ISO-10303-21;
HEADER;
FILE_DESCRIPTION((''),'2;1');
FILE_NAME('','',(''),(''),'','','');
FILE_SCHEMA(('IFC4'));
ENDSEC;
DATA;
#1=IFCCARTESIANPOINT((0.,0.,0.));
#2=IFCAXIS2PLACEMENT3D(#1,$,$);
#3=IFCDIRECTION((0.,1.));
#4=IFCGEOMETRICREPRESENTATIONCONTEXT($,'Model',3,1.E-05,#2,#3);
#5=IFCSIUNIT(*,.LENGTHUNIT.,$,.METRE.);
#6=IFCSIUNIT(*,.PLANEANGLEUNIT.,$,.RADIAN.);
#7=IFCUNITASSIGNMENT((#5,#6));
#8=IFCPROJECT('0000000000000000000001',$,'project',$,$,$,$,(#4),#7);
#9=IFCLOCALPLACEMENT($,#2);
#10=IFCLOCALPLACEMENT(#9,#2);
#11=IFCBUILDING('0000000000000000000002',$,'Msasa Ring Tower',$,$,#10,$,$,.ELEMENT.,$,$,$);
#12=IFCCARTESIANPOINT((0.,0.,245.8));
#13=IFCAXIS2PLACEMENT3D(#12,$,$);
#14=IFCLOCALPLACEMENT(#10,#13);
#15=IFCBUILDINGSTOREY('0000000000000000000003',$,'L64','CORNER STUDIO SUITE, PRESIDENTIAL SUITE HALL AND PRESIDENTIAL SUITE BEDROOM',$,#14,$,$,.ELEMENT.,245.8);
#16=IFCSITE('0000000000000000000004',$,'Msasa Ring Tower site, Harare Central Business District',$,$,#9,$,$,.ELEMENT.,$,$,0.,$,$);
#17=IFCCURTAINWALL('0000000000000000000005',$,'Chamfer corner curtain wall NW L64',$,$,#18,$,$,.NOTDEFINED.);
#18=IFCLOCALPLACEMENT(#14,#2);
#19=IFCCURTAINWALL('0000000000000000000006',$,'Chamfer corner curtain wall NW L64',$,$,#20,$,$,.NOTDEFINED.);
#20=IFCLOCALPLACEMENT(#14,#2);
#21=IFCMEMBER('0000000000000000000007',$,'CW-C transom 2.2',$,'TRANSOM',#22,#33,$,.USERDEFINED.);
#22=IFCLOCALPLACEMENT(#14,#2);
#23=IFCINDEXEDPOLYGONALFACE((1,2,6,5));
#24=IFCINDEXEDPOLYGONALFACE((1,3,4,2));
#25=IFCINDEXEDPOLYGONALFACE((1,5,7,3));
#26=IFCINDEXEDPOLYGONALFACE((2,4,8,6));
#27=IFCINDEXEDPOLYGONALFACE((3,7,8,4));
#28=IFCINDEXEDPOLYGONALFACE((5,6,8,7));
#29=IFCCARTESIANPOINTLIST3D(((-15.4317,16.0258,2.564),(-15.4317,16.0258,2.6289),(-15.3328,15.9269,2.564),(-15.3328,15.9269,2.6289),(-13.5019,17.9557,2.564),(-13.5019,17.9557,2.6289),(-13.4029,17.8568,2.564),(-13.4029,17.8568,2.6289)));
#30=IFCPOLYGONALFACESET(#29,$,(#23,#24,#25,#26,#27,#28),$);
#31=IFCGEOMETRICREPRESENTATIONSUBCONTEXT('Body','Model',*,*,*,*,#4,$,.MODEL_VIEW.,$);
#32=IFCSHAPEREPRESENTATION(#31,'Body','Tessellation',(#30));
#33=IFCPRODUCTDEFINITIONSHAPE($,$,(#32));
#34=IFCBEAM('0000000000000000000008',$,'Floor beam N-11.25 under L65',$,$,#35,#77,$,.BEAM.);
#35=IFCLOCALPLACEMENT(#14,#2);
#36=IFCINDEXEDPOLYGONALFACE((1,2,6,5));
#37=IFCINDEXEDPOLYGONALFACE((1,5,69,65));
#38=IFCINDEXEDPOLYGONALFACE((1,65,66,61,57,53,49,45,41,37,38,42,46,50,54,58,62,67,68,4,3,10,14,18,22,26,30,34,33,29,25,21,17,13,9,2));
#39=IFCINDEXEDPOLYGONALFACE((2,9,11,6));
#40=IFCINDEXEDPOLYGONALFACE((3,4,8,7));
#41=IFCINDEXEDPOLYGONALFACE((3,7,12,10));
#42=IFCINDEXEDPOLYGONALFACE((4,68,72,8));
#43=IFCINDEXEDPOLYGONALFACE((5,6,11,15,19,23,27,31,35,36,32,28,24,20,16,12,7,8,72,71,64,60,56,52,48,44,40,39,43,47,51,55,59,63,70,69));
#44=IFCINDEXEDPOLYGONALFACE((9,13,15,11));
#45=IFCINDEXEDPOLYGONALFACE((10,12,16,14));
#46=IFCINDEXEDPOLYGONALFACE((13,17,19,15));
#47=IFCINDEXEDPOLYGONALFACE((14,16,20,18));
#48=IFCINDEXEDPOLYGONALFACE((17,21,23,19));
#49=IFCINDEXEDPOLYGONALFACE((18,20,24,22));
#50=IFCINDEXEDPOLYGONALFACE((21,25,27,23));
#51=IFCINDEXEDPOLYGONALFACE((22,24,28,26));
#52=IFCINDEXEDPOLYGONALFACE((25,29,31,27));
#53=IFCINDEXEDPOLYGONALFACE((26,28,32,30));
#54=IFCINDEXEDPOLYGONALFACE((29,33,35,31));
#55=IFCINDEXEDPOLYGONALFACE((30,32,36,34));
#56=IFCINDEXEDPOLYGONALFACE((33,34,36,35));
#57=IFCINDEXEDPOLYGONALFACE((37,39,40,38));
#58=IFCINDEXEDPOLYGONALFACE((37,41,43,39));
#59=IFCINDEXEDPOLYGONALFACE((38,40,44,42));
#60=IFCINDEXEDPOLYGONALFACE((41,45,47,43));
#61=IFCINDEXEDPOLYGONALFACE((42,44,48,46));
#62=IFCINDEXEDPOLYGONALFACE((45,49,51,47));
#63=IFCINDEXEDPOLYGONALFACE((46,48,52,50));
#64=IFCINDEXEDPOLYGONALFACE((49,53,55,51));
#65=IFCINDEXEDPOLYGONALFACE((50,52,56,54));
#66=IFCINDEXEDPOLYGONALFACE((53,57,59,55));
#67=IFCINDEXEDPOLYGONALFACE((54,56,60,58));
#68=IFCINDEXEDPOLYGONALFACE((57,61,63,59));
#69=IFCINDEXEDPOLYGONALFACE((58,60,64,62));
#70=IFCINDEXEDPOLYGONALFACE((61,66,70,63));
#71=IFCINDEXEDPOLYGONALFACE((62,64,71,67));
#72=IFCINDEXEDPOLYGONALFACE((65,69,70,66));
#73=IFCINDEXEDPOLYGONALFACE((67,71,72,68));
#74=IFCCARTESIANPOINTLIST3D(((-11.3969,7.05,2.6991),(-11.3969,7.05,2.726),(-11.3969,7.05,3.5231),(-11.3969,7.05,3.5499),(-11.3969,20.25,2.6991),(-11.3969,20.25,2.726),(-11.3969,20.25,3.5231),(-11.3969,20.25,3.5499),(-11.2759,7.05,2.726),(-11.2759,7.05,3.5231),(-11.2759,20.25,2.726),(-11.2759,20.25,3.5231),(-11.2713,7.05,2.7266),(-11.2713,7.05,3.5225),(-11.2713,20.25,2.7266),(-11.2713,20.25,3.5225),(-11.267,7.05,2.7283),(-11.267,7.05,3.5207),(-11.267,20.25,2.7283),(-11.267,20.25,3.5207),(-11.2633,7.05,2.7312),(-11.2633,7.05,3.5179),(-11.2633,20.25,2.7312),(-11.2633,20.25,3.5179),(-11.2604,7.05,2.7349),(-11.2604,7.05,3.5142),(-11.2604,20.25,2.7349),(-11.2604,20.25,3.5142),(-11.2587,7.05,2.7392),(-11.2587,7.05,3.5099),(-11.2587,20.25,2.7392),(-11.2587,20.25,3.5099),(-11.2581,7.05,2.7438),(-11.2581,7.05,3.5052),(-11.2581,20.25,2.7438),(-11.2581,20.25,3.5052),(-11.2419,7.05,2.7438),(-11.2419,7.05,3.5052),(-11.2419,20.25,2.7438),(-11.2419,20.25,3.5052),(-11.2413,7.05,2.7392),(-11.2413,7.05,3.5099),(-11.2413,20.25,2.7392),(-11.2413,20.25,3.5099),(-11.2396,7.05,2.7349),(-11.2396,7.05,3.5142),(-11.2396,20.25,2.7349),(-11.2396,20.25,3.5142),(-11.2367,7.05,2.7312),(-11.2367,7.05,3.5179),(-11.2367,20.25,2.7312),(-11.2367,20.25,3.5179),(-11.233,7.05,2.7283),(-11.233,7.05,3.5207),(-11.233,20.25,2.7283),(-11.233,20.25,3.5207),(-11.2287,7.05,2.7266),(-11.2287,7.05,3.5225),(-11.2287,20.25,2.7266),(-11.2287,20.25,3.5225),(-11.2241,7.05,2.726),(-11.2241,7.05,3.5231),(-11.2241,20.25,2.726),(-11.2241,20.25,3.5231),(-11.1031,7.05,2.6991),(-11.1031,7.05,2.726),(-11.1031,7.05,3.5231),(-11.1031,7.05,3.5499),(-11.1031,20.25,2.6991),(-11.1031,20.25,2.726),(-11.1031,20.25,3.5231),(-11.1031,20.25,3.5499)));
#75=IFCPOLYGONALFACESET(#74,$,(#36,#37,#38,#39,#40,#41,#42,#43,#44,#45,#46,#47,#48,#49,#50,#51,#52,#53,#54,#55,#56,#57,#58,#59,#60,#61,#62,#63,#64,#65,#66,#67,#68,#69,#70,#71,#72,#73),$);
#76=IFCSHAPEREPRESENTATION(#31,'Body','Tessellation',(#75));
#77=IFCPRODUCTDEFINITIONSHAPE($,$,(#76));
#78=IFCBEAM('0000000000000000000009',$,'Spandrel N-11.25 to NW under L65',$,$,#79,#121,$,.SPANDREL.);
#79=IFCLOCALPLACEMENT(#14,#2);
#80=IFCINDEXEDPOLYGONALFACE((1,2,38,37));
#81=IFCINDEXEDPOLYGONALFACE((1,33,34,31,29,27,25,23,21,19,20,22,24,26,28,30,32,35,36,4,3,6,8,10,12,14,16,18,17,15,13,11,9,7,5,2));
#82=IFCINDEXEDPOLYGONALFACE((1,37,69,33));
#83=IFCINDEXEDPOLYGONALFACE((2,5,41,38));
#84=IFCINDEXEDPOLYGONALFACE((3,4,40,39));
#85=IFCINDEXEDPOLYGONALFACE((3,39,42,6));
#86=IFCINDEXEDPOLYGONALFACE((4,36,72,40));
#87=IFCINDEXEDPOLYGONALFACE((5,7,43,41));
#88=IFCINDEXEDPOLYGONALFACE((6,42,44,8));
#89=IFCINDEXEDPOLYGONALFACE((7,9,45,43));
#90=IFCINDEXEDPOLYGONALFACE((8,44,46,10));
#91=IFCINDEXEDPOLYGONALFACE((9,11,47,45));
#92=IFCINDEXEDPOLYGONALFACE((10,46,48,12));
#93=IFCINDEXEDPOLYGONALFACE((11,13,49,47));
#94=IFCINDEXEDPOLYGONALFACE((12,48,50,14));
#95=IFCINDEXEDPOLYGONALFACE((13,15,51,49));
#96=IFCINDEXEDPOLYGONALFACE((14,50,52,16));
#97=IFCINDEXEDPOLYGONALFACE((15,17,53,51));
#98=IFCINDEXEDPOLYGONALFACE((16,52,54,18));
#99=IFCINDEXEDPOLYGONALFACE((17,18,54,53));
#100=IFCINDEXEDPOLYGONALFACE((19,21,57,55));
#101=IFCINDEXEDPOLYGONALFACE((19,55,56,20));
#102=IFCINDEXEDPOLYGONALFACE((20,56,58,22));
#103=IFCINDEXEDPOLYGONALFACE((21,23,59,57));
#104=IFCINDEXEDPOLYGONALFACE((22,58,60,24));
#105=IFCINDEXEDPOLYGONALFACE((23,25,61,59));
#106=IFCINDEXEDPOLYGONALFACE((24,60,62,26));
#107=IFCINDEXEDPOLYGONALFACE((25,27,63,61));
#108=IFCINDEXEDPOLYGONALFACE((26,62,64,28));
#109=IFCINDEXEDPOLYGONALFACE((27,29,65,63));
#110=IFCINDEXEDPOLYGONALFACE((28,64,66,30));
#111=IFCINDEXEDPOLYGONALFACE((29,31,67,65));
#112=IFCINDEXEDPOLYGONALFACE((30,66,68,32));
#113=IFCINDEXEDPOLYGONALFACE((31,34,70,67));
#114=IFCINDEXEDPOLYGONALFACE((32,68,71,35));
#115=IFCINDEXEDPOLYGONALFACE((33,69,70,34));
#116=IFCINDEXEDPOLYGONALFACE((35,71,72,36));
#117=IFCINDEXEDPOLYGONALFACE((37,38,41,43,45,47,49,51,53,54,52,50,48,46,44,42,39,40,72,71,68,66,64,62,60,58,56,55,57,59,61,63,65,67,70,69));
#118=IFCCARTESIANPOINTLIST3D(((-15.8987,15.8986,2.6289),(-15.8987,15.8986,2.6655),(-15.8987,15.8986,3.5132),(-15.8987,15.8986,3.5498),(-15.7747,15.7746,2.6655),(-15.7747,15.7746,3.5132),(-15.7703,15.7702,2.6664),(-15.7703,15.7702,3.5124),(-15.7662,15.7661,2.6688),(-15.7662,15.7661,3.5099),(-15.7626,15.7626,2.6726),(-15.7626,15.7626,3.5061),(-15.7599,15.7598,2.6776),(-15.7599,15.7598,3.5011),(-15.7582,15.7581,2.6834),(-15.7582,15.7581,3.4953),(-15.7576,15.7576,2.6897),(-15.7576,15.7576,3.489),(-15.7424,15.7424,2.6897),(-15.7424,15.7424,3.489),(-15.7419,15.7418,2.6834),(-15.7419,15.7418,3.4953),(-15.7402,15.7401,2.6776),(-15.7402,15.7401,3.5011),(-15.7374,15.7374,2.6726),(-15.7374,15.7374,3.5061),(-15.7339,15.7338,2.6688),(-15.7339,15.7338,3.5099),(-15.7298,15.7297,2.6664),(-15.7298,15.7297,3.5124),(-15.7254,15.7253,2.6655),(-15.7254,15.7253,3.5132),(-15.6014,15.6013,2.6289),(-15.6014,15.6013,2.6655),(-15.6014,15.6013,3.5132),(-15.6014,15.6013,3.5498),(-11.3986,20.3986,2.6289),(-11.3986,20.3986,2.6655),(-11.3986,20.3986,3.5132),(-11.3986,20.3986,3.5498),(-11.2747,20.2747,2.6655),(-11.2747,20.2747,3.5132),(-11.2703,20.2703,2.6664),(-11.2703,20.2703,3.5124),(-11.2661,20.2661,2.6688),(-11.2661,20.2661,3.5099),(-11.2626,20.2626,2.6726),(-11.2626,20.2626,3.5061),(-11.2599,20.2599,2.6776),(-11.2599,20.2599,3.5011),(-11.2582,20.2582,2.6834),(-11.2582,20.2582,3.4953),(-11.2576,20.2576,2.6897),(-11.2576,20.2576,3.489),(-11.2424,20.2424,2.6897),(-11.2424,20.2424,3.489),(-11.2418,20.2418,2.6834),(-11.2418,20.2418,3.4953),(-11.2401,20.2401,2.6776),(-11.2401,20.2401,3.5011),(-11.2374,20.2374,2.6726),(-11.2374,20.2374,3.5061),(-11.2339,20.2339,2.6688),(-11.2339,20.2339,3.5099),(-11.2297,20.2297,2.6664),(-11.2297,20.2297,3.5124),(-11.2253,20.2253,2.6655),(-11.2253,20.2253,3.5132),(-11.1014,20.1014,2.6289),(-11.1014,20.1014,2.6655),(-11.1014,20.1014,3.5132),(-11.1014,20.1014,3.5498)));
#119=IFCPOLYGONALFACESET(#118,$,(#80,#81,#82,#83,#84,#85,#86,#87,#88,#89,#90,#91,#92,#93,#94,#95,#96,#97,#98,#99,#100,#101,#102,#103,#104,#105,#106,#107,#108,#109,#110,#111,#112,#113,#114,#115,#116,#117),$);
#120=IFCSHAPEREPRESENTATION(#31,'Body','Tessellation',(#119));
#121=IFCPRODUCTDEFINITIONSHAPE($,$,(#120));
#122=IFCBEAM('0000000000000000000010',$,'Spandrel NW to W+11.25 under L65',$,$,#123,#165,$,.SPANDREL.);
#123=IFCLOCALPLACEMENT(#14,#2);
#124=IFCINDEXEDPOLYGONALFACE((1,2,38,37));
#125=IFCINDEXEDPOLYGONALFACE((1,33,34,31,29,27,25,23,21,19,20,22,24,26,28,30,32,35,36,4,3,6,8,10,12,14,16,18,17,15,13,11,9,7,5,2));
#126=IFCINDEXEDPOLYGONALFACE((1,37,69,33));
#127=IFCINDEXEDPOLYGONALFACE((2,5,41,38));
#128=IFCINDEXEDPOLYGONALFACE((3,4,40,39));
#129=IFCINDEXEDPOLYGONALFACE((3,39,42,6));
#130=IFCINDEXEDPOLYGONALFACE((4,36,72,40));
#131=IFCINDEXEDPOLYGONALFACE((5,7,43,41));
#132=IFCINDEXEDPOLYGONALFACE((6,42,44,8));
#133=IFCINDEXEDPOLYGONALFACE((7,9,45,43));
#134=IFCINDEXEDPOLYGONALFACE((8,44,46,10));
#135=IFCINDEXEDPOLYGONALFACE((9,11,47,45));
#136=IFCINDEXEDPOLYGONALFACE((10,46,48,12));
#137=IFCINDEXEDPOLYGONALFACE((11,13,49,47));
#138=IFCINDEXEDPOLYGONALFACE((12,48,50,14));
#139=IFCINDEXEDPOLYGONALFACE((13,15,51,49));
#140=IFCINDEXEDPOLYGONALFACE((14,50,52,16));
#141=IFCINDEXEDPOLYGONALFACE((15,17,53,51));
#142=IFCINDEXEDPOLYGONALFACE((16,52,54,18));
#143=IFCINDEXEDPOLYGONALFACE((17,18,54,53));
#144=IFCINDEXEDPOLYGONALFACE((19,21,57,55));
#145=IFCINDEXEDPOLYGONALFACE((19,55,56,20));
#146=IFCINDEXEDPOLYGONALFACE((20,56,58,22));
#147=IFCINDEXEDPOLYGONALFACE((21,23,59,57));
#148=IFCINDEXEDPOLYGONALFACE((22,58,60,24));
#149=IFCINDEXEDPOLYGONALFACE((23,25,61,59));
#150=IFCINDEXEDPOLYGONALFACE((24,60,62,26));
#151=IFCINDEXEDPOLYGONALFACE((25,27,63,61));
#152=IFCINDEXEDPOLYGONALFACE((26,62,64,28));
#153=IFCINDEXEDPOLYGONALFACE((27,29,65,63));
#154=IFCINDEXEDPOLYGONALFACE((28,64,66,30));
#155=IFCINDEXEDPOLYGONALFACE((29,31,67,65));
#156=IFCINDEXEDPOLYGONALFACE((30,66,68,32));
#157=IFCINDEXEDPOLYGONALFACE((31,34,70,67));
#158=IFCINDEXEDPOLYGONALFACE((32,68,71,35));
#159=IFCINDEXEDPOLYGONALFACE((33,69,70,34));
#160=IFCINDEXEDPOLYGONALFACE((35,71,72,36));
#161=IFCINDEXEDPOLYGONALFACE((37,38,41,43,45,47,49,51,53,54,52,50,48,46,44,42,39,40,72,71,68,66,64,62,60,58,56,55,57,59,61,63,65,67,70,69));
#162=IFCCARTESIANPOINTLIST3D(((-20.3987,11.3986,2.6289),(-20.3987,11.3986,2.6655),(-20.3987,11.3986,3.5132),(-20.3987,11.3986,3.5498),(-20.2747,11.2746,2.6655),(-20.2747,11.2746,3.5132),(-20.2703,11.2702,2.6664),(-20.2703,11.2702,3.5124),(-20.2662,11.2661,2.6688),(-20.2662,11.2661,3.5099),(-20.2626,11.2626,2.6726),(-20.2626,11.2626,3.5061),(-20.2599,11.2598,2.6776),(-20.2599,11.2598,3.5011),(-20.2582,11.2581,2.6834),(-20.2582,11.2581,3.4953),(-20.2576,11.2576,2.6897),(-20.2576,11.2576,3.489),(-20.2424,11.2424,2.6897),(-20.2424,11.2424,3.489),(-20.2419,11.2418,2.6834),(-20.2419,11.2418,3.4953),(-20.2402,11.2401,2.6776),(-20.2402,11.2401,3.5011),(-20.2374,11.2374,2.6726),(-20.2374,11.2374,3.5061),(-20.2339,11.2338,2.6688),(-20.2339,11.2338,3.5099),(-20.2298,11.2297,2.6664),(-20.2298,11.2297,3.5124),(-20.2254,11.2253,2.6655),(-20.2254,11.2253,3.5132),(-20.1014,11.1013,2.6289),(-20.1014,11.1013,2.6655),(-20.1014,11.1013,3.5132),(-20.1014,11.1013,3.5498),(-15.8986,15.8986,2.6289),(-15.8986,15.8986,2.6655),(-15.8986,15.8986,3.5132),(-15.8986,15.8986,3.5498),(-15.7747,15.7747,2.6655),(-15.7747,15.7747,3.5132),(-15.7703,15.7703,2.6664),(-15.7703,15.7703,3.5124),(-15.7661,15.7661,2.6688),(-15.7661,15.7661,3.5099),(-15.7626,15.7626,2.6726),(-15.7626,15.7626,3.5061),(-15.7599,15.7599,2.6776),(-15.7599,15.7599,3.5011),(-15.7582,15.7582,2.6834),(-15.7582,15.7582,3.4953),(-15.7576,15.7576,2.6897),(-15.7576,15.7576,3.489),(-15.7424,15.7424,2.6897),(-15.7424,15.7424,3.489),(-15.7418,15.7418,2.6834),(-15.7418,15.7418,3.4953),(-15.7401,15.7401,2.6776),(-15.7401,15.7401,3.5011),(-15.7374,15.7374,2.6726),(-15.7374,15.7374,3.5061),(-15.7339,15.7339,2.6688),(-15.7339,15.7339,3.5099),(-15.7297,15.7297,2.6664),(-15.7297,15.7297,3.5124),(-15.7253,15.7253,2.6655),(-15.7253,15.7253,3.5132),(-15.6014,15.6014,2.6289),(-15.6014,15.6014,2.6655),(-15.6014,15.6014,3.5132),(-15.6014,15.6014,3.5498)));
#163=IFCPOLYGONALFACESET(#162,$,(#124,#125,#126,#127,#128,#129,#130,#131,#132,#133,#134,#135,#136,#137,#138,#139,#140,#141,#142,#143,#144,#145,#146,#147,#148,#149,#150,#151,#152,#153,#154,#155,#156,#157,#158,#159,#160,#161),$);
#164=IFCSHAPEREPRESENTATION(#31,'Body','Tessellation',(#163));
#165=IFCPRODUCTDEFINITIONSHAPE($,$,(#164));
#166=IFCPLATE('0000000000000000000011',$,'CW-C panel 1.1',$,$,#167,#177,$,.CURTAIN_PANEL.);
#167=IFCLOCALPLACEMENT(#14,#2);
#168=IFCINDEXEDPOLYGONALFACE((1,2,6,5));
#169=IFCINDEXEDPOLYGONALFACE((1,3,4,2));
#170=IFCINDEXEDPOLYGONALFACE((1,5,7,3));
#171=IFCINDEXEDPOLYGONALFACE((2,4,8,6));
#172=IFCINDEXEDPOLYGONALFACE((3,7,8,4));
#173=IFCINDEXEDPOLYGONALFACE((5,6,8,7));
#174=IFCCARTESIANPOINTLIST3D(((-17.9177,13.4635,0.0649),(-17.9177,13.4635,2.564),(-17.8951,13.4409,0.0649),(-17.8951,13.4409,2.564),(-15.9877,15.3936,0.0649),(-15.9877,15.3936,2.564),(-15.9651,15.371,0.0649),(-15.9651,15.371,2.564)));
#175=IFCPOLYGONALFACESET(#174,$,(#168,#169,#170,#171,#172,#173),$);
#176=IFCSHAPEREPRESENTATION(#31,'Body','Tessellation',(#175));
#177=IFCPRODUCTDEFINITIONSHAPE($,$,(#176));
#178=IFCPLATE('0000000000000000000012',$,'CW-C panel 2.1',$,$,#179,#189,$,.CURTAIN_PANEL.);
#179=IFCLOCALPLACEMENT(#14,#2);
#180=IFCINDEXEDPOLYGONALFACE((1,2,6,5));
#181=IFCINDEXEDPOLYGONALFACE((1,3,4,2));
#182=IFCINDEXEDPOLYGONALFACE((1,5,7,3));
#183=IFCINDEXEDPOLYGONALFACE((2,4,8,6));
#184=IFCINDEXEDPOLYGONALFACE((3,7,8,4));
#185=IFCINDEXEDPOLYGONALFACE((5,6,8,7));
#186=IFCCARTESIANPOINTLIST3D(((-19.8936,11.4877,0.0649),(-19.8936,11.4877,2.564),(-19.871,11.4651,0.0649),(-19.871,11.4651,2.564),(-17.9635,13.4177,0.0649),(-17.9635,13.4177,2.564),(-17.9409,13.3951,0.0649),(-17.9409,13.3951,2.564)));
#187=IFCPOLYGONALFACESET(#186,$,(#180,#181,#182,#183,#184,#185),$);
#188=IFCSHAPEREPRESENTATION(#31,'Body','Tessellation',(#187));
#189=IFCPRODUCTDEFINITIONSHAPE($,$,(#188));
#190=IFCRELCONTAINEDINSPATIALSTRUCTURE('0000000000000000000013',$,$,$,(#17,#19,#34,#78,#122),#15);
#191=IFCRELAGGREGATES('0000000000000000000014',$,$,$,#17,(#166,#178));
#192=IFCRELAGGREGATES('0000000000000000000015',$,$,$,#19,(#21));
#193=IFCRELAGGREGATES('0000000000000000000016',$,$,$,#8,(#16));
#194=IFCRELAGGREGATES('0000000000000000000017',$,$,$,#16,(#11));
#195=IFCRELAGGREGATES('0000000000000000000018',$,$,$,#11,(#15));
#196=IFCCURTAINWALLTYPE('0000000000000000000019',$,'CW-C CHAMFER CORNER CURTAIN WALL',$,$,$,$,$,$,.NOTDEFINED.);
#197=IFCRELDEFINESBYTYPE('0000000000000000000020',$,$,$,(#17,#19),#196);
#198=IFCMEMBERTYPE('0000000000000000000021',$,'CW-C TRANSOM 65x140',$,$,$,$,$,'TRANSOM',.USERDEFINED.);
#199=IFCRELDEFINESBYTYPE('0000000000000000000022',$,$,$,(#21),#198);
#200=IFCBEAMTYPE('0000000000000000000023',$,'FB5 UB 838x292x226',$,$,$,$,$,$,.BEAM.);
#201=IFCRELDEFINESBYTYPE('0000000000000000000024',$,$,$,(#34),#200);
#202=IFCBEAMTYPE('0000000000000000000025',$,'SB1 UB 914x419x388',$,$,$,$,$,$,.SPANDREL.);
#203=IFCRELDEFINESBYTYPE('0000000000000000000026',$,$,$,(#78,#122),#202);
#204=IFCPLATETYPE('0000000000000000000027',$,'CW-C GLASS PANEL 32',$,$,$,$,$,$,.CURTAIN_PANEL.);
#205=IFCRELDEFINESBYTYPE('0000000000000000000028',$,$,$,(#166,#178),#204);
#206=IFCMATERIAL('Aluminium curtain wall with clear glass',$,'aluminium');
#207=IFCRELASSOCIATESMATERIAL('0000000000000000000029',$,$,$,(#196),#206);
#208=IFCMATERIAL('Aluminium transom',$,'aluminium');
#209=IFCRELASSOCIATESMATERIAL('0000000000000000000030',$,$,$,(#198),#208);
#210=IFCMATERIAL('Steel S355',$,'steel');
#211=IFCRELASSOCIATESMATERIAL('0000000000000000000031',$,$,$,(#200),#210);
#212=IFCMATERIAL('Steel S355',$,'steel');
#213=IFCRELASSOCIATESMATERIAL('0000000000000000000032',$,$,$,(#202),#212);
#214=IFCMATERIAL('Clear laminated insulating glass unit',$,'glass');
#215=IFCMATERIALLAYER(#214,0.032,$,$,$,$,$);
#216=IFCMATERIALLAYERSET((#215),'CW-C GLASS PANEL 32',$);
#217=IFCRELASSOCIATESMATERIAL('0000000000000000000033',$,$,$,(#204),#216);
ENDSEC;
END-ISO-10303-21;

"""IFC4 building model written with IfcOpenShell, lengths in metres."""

from ifc_helpers import new_model, si_unit, direction, frame, origin, origin_2d, place, context, subcontext, project, spatial, rectangle, i_section, extrude, material, layer, layer_set, material_profile, profile_set, type_object, element, aggregate, save


model = new_model("IFC4")

# Units and contexts
model_context = context("Model", 3, precision=1e-05, world=origin(), true_north=direction((0.0, 1.0)))
body_context = subcontext(model_context, "Body", "Model", "MODEL_VIEW")
ifc_project = project(units=[si_unit("LENGTHUNIT", "METRE"), si_unit("PLANEANGLEUNIT", "RADIAN")], contexts=[model_context])

# Site, building, storey
site_placement = place(None, origin())
site = spatial("IfcSite", under=ifc_project, at=site_placement, Name="Msasa Ring Tower site, Harare Central Business District", CompositionType="ELEMENT", RefElevation=0.0)
building_placement = place(site_placement, origin())
building = spatial("IfcBuilding", under=site, at=building_placement, Name="Msasa Ring Tower", CompositionType="ELEMENT")
storey_placement = place(building_placement, frame((0.0, 0.0, 245.8)))
storey = spatial("IfcBuildingStorey", under=building, at=storey_placement, Name="L64", Description="CORNER STUDIO SUITE, PRESIDENTIAL SUITE HALL AND PRESIDENTIAL SUITE BEDROOM", CompositionType="ELEMENT", Elevation=245.8)

# Curtain walls
ifc_material_1 = material(Name="Aluminium curtain wall with clear glass", Category="aluminium")
curtain_wall_type = type_object("IfcCurtainWallType", Name="CW-C CHAMFER CORNER CURTAIN WALL", PredefinedType="NOTDEFINED", material=ifc_material_1)
curtain_wall_1_placement = place(storey_placement, origin())
curtain_wall_1 = element("IfcCurtainWall", 1, at=curtain_wall_1_placement, inside=storey, type_object=curtain_wall_type, Name="Chamfer corner curtain wall NW L64", PredefinedType="NOTDEFINED")
curtain_wall_2_placement = place(storey_placement, origin())
curtain_wall_2 = element("IfcCurtainWall", 2, at=curtain_wall_2_placement, inside=storey, type_object=curtain_wall_type, Name="Chamfer corner curtain wall NW L64", PredefinedType="NOTDEFINED")

# Member
ifc_material_2 = material(Name="Aluminium transom", Category="aluminium")
ifc_material_profile_1 = material_profile(ifc_material_2, rectangle(XDim=0.1399, YDim=0.0649, at=origin_2d()), Name="AL 65x140")
ifc_profile_set_1 = profile_set([ifc_material_profile_1], Name="Aluminium transom")
member_type_1 = type_object("IfcMemberType", Name="CW-C TRANSOM 65x140", ElementType="TRANSOM", PredefinedType="USERDEFINED", material=ifc_profile_set_1)
member_1_placement = place(storey_placement, frame((-13.4524, 17.9062, 2.5964), z_axis=(-0.707107, -0.707107, 0.0), x_axis=(0.707107, -0.707107, 0.0)))
member_1 = element("IfcMember", 3, at=member_1_placement, type_object=member_type_1, Name="CW-C transom 2.2", ObjectType="TRANSOM", PredefinedType="USERDEFINED", context=body_context, shape_type="SweptSolid", body=[
    extrude(rectangle(XDim=0.1399, YDim=0.0649, at=origin_2d()), origin(), (0.0, 0.0, 1.0), 2.7292),
])

# Beams
ifc_material_3 = material(Name="Steel S355", Category="steel")
ifc_material_profile_2 = material_profile(ifc_material_3, i_section(OverallWidth=0.2937, OverallDepth=0.8508, WebThickness=0.0161, FlangeThickness=0.0269, FilletRadius=0.0178, at=origin_2d()), Name="UB 838x292x226")
ifc_profile_set_2 = profile_set([ifc_material_profile_2], Name="Steel S355")
beam_type_1 = type_object("IfcBeamType", Name="FB5 UB 838x292x226", PredefinedType="BEAM", material=ifc_profile_set_2)
beam_placement = place(storey_placement, frame((-11.25, 20.25, 3.1245), z_axis=(0.0, -1.0, 0.0), x_axis=(1.0, 0.0, 0.0)))
element("IfcBeam", 4, at=beam_placement, inside=storey, type_object=beam_type_1, Name="Floor beam N-11.25 under L65", PredefinedType="BEAM", context=body_context, shape_type="SweptSolid", body=[
    extrude(i_section(OverallWidth=0.2937, OverallDepth=0.8508, WebThickness=0.0161, FlangeThickness=0.0269, FilletRadius=0.0178, at=origin_2d()), origin(), (0.0, 0.0, 1.0), 13.2),
])
ifc_material_4 = material(Name="Steel S355", Category="steel")
ifc_material_profile_3 = material_profile(ifc_material_4, i_section(OverallWidth=0.4204, OverallDepth=0.9209, WebThickness=0.0215, FlangeThickness=0.0366, FilletRadius=0.0242, at=origin_2d()), Name="UB 914x419x388")
ifc_profile_set_3 = profile_set([ifc_material_profile_3], Name="Steel S355")
beam_type_2 = type_object("IfcBeamType", Name="SB1 UB 914x419x388", PredefinedType="SPANDREL", material=ifc_profile_set_3)
for number, where, z_axis, x_axis, name in (
    (5, (-11.25, 20.25, 3.0894), (-0.707107, -0.707107, 0.0), (0.707107, -0.707107, 0.0), "Spandrel N-11.25 to NW under L65"),
    (6, (-15.75, 15.75, 3.0894), (-0.707107, -0.707107, 0.0), (0.707107, -0.707107, 0.0), "Spandrel NW to W+11.25 under L65"),
):
    element("IfcBeam", number, at=place(storey_placement, frame(where, z_axis=z_axis, x_axis=x_axis)), inside=storey, type_object=beam_type_2, Name=name, PredefinedType="SPANDREL", context=body_context, shape_type="SweptSolid", body=[
        extrude(i_section(OverallWidth=0.4204, OverallDepth=0.9209, WebThickness=0.0215, FlangeThickness=0.0366, FilletRadius=0.0242, at=origin_2d()), origin(), (0.0, 0.0, 1.0), 6.364),
    ])

# Plates
ifc_material_5 = material(Name="Clear laminated insulating glass unit", Category="glass")
ifc_layer_1 = layer(ifc_material_5, 0.032)
ifc_layer_set_1 = layer_set([ifc_layer_1], Name="CW-C GLASS PANEL 32")
plate_type = type_object("IfcPlateType", Name="CW-C GLASS PANEL 32", PredefinedType="CURTAIN_PANEL", material=ifc_layer_set_1)
plate_1_placement = place(storey_placement, frame((-16.9414, 14.4172, 0.0649), z_axis=(0.0, 0.0, 1.0), x_axis=(-0.707107, -0.707107, 0.0)))
plate_1 = element("IfcPlate", 7, at=plate_1_placement, type_object=plate_type, Name="CW-C panel 1.1", PredefinedType="CURTAIN_PANEL", context=body_context, shape_type="SweptSolid", body=[
    extrude(rectangle(XDim=2.7295, YDim=0.032, at=origin_2d()), origin(), (0.0, 0.0, 1.0), 2.499),
])
plate_2_placement = place(storey_placement, frame((-18.9172, 12.4414, 0.0649), z_axis=(0.0, 0.0, 1.0), x_axis=(-0.707107, -0.707107, 0.0)))
plate_2 = element("IfcPlate", 8, at=plate_2_placement, type_object=plate_type, Name="CW-C panel 2.1", PredefinedType="CURTAIN_PANEL", context=body_context, shape_type="SweptSolid", body=[
    extrude(rectangle(XDim=2.7295, YDim=0.032, at=origin_2d()), origin(), (0.0, 0.0, 1.0), 2.499),
])
aggregate(curtain_wall_1, [plate_1, plate_2])
aggregate(curtain_wall_2, [member_1])

save(model, "model.ifc")
